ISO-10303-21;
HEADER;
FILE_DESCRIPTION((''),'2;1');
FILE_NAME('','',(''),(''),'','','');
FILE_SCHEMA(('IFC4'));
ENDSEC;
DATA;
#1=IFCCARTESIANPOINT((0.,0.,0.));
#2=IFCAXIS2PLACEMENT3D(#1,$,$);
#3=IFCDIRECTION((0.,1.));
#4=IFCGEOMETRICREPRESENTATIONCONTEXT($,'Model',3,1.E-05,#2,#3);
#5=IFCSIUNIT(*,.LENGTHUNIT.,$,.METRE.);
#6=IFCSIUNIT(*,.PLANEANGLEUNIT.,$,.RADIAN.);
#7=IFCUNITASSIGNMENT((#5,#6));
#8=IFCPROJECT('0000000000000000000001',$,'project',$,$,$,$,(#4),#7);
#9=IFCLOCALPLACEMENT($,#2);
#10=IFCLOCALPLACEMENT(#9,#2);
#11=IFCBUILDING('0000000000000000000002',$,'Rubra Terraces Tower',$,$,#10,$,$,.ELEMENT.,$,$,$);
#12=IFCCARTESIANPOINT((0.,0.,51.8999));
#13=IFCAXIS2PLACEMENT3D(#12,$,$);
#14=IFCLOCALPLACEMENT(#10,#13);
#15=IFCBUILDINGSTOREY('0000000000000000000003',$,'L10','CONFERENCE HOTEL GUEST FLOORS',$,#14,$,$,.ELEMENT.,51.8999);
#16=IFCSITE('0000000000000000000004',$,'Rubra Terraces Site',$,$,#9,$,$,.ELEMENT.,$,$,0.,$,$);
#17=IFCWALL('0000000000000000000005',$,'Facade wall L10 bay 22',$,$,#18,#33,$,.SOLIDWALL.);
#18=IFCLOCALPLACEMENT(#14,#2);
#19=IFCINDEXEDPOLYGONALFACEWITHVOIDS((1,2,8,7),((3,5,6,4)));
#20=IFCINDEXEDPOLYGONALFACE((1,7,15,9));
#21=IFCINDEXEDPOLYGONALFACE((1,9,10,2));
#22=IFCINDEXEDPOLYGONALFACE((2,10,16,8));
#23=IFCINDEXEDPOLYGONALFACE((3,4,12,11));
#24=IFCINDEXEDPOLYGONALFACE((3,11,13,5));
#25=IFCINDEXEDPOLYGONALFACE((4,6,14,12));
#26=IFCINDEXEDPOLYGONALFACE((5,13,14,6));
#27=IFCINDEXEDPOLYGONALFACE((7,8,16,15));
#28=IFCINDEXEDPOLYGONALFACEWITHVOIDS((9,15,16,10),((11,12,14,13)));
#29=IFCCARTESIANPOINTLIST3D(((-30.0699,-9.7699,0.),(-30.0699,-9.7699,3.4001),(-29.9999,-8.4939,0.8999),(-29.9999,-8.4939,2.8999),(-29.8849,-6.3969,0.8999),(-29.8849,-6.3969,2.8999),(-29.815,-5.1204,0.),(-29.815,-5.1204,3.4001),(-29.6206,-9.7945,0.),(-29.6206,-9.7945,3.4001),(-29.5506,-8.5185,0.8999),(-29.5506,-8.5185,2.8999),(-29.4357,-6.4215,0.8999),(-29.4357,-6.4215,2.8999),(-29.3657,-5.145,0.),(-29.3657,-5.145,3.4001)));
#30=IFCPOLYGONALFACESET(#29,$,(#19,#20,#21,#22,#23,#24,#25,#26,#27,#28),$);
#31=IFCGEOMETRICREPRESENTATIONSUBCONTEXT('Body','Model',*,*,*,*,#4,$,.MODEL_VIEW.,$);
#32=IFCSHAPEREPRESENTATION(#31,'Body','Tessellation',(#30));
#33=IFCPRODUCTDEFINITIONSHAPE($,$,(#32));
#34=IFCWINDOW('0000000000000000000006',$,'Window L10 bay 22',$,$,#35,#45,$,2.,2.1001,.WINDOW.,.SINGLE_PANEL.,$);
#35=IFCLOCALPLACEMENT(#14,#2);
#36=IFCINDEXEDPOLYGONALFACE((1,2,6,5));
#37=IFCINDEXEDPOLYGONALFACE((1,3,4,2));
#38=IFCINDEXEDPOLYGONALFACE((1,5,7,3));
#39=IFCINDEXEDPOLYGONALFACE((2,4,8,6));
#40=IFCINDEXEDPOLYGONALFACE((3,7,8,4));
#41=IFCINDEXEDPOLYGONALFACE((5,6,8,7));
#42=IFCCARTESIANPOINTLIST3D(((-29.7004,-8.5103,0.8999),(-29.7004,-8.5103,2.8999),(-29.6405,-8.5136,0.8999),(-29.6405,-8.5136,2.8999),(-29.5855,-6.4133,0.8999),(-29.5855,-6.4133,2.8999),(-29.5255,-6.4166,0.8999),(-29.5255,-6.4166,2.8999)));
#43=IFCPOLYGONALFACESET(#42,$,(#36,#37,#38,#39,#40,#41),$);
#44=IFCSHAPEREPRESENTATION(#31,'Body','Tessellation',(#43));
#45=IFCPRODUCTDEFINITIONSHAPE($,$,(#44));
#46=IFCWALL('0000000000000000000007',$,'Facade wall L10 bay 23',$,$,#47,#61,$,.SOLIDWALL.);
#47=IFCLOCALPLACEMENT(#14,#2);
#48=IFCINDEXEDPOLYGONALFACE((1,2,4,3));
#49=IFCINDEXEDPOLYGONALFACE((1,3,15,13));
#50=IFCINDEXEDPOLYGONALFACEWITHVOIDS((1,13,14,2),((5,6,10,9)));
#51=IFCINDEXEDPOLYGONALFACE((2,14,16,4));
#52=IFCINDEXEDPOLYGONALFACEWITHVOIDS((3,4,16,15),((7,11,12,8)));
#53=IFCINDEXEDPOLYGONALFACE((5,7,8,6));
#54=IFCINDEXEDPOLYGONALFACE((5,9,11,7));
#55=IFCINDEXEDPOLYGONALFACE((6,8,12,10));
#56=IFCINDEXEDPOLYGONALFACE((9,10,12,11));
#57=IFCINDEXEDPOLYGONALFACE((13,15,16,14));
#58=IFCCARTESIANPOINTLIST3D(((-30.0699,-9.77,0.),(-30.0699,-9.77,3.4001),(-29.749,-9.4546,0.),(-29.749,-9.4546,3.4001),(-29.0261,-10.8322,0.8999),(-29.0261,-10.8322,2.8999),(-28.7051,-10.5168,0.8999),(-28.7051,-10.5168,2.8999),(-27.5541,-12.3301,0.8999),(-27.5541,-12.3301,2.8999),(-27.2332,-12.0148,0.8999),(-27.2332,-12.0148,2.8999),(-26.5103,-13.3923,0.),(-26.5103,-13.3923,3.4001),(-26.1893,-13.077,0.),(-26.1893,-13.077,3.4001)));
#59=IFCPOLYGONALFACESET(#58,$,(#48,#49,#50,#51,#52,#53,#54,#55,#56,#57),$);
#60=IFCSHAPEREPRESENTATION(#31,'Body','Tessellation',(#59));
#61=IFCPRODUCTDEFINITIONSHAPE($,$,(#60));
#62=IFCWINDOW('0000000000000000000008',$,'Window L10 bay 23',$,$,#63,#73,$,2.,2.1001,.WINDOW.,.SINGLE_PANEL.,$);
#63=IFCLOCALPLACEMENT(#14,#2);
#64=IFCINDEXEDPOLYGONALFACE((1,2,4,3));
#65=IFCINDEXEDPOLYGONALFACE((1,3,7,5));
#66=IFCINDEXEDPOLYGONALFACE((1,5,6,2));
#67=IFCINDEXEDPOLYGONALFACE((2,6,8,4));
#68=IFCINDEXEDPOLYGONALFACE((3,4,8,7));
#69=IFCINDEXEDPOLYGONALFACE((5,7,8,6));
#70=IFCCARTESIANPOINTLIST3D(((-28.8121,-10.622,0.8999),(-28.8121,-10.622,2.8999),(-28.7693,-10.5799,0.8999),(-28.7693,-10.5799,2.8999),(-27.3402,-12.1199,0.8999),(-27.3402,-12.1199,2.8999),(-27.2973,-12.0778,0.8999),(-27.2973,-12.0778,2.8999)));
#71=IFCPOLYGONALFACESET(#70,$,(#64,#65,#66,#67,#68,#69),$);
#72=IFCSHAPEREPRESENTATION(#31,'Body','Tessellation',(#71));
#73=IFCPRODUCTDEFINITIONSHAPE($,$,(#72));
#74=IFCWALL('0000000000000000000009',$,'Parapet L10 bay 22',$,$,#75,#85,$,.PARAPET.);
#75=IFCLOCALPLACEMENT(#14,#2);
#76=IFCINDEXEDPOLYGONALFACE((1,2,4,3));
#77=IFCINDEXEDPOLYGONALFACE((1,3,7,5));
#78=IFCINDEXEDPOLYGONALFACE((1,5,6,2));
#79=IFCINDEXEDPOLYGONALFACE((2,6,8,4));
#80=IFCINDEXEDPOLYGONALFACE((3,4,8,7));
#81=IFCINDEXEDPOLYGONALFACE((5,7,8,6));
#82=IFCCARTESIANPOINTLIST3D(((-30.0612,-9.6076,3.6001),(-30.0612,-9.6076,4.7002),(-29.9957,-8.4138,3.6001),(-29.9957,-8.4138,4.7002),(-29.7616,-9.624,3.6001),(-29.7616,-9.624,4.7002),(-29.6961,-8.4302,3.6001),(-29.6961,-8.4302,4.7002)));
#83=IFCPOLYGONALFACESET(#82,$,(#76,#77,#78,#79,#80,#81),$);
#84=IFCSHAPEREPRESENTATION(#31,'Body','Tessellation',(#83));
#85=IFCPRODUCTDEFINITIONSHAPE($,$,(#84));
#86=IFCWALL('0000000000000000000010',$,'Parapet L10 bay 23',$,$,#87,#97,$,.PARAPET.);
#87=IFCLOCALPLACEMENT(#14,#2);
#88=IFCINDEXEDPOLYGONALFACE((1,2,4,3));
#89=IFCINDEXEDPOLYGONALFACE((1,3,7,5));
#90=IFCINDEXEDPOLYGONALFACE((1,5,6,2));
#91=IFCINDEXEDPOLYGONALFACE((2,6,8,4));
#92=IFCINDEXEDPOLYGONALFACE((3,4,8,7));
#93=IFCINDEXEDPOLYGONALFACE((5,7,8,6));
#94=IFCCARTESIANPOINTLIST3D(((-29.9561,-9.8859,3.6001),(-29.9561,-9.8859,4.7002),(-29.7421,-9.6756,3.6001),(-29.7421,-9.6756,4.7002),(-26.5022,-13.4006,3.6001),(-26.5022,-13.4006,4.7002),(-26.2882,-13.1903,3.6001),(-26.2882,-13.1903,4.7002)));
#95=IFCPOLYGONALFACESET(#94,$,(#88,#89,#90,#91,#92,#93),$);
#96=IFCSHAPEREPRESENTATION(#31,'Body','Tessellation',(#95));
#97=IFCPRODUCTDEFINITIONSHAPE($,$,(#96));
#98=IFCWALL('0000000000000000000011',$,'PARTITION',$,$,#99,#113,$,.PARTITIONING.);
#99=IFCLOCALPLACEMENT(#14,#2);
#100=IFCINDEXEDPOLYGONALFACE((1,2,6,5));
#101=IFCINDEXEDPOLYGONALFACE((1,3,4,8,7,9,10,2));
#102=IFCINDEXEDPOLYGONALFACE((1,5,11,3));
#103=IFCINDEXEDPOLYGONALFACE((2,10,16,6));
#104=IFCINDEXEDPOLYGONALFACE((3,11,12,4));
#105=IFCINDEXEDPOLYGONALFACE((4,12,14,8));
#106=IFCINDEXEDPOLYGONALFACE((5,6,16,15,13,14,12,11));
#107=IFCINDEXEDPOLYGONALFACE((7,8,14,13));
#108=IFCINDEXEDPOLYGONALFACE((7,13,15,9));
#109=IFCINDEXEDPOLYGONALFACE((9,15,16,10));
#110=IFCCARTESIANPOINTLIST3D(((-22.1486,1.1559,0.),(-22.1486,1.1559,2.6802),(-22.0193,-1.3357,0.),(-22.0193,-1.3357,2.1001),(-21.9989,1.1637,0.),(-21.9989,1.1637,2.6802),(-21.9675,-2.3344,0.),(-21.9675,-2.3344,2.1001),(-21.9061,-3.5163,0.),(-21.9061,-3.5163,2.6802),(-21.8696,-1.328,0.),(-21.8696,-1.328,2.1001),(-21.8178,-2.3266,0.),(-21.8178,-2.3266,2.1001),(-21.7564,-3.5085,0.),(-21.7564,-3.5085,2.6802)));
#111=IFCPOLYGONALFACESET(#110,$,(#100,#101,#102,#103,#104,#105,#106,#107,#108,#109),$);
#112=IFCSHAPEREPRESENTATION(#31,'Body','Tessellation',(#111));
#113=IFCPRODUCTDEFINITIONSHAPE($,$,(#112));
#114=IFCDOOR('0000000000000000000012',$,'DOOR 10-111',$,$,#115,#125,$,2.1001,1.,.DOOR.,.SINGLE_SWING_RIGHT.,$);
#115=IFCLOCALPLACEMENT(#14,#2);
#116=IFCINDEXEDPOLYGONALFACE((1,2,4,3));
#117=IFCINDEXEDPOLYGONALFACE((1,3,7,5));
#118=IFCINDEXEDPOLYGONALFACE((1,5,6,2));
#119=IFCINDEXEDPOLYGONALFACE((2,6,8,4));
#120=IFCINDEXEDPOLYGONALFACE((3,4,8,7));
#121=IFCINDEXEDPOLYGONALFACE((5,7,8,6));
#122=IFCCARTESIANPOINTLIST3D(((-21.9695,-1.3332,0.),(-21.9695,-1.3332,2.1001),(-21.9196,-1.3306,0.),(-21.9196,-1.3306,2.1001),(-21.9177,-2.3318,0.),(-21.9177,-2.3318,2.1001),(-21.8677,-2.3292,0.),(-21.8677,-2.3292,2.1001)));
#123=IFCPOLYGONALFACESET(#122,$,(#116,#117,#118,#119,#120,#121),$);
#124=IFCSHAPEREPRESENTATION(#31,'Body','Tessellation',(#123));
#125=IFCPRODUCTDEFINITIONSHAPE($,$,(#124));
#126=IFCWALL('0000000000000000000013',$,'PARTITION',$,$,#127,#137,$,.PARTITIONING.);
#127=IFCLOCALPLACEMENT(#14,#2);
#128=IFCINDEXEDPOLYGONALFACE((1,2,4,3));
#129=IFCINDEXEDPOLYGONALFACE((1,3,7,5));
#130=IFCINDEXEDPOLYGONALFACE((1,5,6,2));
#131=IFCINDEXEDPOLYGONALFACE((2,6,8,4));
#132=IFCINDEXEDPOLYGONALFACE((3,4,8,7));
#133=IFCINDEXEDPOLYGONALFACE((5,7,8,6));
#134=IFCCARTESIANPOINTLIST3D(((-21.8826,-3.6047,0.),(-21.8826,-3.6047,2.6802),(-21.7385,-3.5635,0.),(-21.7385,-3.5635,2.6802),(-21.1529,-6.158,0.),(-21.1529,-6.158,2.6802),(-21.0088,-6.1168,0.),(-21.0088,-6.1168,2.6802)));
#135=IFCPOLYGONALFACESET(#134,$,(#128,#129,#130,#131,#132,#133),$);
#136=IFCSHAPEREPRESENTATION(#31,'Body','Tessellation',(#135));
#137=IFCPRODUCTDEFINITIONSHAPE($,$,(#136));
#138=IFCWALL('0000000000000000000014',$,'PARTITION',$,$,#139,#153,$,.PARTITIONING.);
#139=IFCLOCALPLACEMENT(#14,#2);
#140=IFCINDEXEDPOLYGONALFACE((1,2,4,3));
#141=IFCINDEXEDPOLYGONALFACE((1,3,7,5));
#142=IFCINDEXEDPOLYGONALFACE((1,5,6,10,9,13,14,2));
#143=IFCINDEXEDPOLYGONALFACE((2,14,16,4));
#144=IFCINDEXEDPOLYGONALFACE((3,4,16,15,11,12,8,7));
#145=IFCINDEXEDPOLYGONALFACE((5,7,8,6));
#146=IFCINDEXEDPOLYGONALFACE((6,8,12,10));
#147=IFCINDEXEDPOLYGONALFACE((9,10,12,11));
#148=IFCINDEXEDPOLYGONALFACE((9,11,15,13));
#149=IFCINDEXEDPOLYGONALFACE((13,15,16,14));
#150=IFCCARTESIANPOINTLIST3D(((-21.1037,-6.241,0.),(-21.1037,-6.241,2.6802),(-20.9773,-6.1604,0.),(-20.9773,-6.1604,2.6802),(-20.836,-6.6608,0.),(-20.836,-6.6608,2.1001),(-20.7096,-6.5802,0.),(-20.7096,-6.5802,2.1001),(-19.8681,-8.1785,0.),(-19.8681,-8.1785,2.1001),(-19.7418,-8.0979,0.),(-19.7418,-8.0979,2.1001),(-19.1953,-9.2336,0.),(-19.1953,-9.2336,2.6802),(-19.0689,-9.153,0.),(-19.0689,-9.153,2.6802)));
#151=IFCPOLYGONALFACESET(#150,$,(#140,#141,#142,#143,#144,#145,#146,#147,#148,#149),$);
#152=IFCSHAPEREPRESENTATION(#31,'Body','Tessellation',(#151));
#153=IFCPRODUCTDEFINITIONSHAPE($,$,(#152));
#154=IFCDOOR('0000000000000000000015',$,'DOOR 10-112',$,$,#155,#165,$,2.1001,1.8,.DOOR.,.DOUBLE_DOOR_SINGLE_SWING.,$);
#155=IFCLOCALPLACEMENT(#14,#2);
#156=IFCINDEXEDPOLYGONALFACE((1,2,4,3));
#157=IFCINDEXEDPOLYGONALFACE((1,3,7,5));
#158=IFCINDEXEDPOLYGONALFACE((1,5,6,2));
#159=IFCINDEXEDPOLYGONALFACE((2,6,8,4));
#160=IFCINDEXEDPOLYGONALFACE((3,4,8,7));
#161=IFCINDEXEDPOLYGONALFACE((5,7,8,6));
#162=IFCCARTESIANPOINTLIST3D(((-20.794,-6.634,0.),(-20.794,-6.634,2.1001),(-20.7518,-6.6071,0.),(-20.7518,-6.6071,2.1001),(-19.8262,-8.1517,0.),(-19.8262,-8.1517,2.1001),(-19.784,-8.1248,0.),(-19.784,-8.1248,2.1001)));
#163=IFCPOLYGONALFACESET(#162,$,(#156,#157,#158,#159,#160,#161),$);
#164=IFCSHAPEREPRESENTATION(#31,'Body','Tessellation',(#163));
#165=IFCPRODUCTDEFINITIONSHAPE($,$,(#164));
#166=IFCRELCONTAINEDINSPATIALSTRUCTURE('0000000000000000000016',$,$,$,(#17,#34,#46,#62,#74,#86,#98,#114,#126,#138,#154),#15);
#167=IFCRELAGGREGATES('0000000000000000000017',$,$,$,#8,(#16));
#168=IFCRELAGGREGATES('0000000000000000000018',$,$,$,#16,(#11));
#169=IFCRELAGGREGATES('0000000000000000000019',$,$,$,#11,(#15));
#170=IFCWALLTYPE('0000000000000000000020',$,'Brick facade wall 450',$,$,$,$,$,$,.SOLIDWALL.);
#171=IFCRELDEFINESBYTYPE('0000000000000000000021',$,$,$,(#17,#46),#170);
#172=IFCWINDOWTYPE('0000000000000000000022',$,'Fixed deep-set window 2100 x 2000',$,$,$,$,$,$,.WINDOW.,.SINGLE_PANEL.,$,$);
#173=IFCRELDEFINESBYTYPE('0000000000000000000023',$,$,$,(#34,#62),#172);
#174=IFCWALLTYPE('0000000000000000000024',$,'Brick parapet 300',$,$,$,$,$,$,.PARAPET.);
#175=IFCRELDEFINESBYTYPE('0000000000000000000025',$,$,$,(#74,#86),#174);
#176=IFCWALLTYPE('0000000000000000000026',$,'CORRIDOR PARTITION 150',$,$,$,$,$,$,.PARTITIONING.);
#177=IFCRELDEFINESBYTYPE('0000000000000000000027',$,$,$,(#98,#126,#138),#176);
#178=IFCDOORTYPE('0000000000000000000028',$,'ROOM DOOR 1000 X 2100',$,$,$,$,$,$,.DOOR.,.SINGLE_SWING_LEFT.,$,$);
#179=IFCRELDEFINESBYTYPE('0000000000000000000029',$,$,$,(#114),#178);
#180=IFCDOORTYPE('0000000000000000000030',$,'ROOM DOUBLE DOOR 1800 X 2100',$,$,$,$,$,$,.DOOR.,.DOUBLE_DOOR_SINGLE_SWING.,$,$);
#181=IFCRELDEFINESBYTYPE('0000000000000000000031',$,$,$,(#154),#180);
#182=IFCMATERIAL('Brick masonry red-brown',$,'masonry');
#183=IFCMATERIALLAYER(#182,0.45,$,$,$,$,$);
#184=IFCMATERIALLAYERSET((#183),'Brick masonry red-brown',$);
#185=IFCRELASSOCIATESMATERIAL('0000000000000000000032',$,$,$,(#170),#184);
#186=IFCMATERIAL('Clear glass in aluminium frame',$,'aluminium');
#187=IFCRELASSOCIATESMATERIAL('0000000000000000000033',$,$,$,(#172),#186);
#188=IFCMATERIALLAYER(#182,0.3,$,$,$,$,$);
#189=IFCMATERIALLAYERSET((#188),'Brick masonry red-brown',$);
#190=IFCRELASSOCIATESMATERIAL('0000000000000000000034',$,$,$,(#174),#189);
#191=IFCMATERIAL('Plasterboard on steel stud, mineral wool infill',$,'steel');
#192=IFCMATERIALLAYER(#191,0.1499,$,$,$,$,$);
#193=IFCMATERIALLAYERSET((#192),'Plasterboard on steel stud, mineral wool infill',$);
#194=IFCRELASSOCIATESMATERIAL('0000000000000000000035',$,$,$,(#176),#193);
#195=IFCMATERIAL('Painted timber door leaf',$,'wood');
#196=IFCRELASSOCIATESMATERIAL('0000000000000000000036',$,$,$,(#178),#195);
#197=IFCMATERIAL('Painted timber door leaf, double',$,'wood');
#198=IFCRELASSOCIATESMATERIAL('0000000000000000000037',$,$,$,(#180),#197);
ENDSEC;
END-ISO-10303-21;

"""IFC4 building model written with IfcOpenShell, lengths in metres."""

from ifc_helpers import new_model, si_unit, direction, frame, frame_2d, origin, place, context, subcontext, project, spatial, rectangle, extrude, material, layer, layer_set, type_object, element, fill, save


model = new_model("IFC4")

# Units and contexts
model_context = context("Model", 3, precision=1e-05, world=origin(), true_north=direction((0.0, 1.0)))
body_context = subcontext(model_context, "Body", "Model", "MODEL_VIEW")
ifc_project = project(units=[si_unit("LENGTHUNIT", "METRE"), si_unit("PLANEANGLEUNIT", "RADIAN")], contexts=[model_context])

# Site, building, storey
site_placement = place(None, origin())
site = spatial("IfcSite", under=ifc_project, at=site_placement, Name="Rubra Terraces Site", CompositionType="ELEMENT", RefElevation=0.0)
building_placement = place(site_placement, origin())
building = spatial("IfcBuilding", under=site, at=building_placement, Name="Rubra Terraces Tower", CompositionType="ELEMENT")
storey_placement = place(building_placement, frame((0.0, 0.0, 51.8999)))
storey = spatial("IfcBuildingStorey", under=building, at=storey_placement, Name="L10", Description="CONFERENCE HOTEL GUEST FLOORS", CompositionType="ELEMENT", Elevation=51.8999)

# Walls, openings, windows
ifc_material_1 = material(Name="Brick masonry red-brown", Category="masonry")
ifc_layer_1 = layer(ifc_material_1, 0.45)
ifc_layer_set_1 = layer_set([ifc_layer_1], Name="Brick masonry red-brown")
wall_type_1 = type_object("IfcWallType", Name="Brick facade wall 450", PredefinedType="SOLIDWALL", material=ifc_layer_set_1)
ifc_material_2 = material(Name="Clear glass in aluminium frame", Category="aluminium")
wall_1_placement = place(storey_placement, frame((-29.5903, -5.1328, 0.0), z_axis=(0.0, 0.0, 1.0), x_axis=(-0.054738, -0.998501, 0.0)))
wall_1 = element("IfcWall", 1, at=wall_1_placement, inside=storey, type_object=wall_type_1, Name="Facade wall L10 bay 22", PredefinedType="SOLIDWALL", context=body_context, shape_type="SweptSolid", body=[
    extrude(rectangle(XDim=4.6565, YDim=0.45, at=frame_2d((2.3281, 0.0))), origin(), (0.0, 0.0, 1.0), 3.4001),
])
opening_1_placement = place(wall_1_placement, frame((1.2783, 0.0, 0.8999)))
opening_1 = element("IfcOpeningElement", 2, at=opening_1_placement, cuts=wall_1, PredefinedType="OPENING", context=body_context, shape_type="SweptSolid", body=[
    extrude(rectangle(XDim=2.1001, YDim=2.0, at=frame_2d((1.05, 1.0))), frame((0.0, 0.2349, 0.0), z_axis=(0.0, -1.0, 0.0), x_axis=(1.0, 0.0, 0.0)), (0.0, 0.0, 1.0), 0.47),
])
window_type_1 = type_object("IfcWindowType", Name="Fixed deep-set window 2100 x 2000", PartitioningType="SINGLE_PANEL", PredefinedType="WINDOW", material=ifc_material_2)
window_1_placement = place(opening_1_placement, origin())
window_1 = element("IfcWindow", 3, at=window_1_placement, inside=storey, type_object=window_type_1, Name="Window L10 bay 22", OverallHeight=2.0, OverallWidth=2.1001, PartitioningType="SINGLE_PANEL", PredefinedType="WINDOW", context=body_context, shape_type="SweptSolid", body=[
    extrude(rectangle(XDim=2.1001, YDim=2.0, at=frame_2d((1.05, 1.0))), frame((0.0, 0.135, 0.0), z_axis=(0.0, -1.0, 0.0), x_axis=(1.0, 0.0, 0.0)), (0.0, 0.0, 1.0), 0.0601),
])
fill(opening_1, window_1)
wall_2_placement = place(storey_placement, frame((-29.9094, -9.6123, 0.0), z_axis=(0.0, 0.0, 1.0), x_axis=(0.700902, -0.713257, 0.0)))
wall_2 = element("IfcWall", 4, at=wall_2_placement, inside=storey, type_object=wall_type_1, Name="Facade wall L10 bay 23", PredefinedType="SOLIDWALL", context=body_context, shape_type="SweptSolid", body=[
    extrude(rectangle(XDim=5.0786, YDim=0.45, at=frame_2d((2.5393, 0.0))), origin(), (0.0, 0.0, 1.0), 3.4001),
])
opening_2_placement = place(wall_2_placement, frame((1.4893, 0.0, 0.8999)))
opening_2 = element("IfcOpeningElement", 5, at=opening_2_placement, cuts=wall_2, PredefinedType="OPENING", context=body_context, shape_type="SweptSolid", body=[
    extrude(rectangle(XDim=2.1001, YDim=2.0, at=frame_2d((1.05, 1.0))), frame((0.0, 0.2349, 0.0), z_axis=(0.0, -1.0, 0.0), x_axis=(1.0, 0.0, 0.0)), (0.0, 0.0, 1.0), 0.47),
])
window_2_placement = place(opening_2_placement, origin())
window_2 = element("IfcWindow", 6, at=window_2_placement, inside=storey, type_object=window_type_1, Name="Window L10 bay 23", OverallHeight=2.0, OverallWidth=2.1001, PartitioningType="SINGLE_PANEL", PredefinedType="WINDOW", context=body_context, shape_type="SweptSolid", body=[
    extrude(rectangle(XDim=2.1001, YDim=2.0, at=frame_2d((1.05, 1.0))), frame((0.0, 0.135, 0.0), z_axis=(0.0, -1.0, 0.0), x_axis=(1.0, 0.0, 0.0)), (0.0, 0.0, 1.0), 0.0601),
])
fill(opening_2, window_2)

# Walls
ifc_layer_2 = layer(ifc_material_1, 0.3)
ifc_layer_set_2 = layer_set([ifc_layer_2], Name="Brick masonry red-brown")
wall_type_2 = type_object("IfcWallType", Name="Brick parapet 300", PredefinedType="PARAPET", material=ifc_layer_set_2)
wall_3_placement = place(storey_placement, frame((-29.8459, -8.4221, 3.6001), z_axis=(0.0, 0.0, 1.0), x_axis=(-0.054724, -0.998502, 0.0)))
element("IfcWall", 7, at=wall_3_placement, inside=storey, type_object=wall_type_2, Name="Parapet L10 bay 22", PredefinedType="PARAPET", context=body_context, shape_type="SweptSolid", body=[
    extrude(rectangle(XDim=1.1956, YDim=0.3, at=frame_2d((0.5977, 0.0))), origin(), (0.0, 0.0, 1.0), 1.1001),
])
wall_4_placement = place(storey_placement, frame((-29.8491, -9.7808, 3.6001), z_axis=(0.0, 0.0, 1.0), x_axis=(0.700912, -0.713248, 0.0)))
element("IfcWall", 8, at=wall_4_placement, inside=storey, type_object=wall_type_2, Name="Parapet L10 bay 23", PredefinedType="PARAPET", context=body_context, shape_type="SweptSolid", body=[
    extrude(rectangle(XDim=4.9277, YDim=0.3, at=frame_2d((2.4639, 0.0))), origin(), (0.0, 0.0, 1.0), 1.1001),
])

# Wall, opening, door
ifc_material_3 = material(Name="Plasterboard on steel stud, mineral wool infill", Category="steel")
ifc_layer_3 = layer(ifc_material_3, 0.1499)
ifc_layer_set_3 = layer_set([ifc_layer_3], Name="Plasterboard on steel stud, mineral wool infill")
wall_type_3 = type_object("IfcWallType", Name="CORRIDOR PARTITION 150", PredefinedType="PARTITIONING", material=ifc_layer_set_3)
wall_5_placement = place(storey_placement, frame((-22.0737, 1.1599, 0.0), z_axis=(0.0, 0.0, 1.0), x_axis=(0.051819, -0.998656, 0.0)))
wall_5 = element("IfcWall", 9, at=wall_5_placement, inside=storey, type_object=wall_type_3, Name="PARTITION", PredefinedType="PARTITIONING", context=body_context, shape_type="SweptSolid", body=[
    extrude(rectangle(XDim=4.6785, YDim=0.1499, at=frame_2d((2.3394, 0.0))), origin(), (0.0, 0.0, 1.0), 2.6802),
])
opening_3_placement = place(wall_5_placement, frame((2.4951, 0.0, 0.0)))
opening_3 = element("IfcOpeningElement", 10, at=opening_3_placement, cuts=wall_5, PredefinedType="OPENING", context=body_context, shape_type="SweptSolid", body=[
    extrude(rectangle(XDim=1.0, YDim=2.1001, at=frame_2d((0.5, 1.05))), frame((0.0, 0.085, 0.0), z_axis=(0.0, -1.0, 0.0), x_axis=(1.0, 0.0, 0.0)), (0.0, 0.0, 1.0), 0.1699),
])
ifc_material_4 = material(Name="Painted timber door leaf", Category="wood")
door_type_1 = type_object("IfcDoorType", Name="ROOM DOOR 1000 X 2100", OperationType="SINGLE_SWING_LEFT", PredefinedType="DOOR", material=ifc_material_4)
door_1_placement = place(opening_3_placement, origin())
door_1 = element("IfcDoor", 11, at=door_1_placement, inside=storey, type_object=door_type_1, Name="DOOR 10-111", OperationType="SINGLE_SWING_RIGHT", OverallHeight=2.1001, OverallWidth=1.0, PredefinedType="DOOR", context=body_context, shape_type="SweptSolid", body=[
    extrude(rectangle(XDim=1.0, YDim=2.1001, at=frame_2d((0.5, 1.05))), frame((0.0, 0.0249, 0.0), z_axis=(0.0, -1.0, 0.0), x_axis=(1.0, 0.0, 0.0)), (0.0, 0.0, 1.0), 0.05),
])
fill(opening_3, door_1)

# Wall
wall_6_placement = place(storey_placement, frame((-21.8105, -3.5842, 0.0), z_axis=(0.0, 0.0, 1.0), x_axis=(0.274806, -0.9615, 0.0)))
element("IfcWall", 12, at=wall_6_placement, inside=storey, type_object=wall_type_3, Name="PARTITION", PredefinedType="PARTITIONING", context=body_context, shape_type="SweptSolid", body=[
    extrude(rectangle(XDim=2.6555, YDim=0.1499, at=frame_2d((1.3276, 0.0))), origin(), (0.0, 0.0, 1.0), 2.6802),
])

# Wall, opening, door
wall_7_placement = place(storey_placement, frame((-21.0405, -6.2007, 0.0), z_axis=(0.0, 0.0, 1.0), x_axis=(0.537681, -0.843148, 0.0)))
wall_7 = element("IfcWall", 13, at=wall_7_placement, inside=storey, type_object=wall_type_3, Name="PARTITION", PredefinedType="PARTITIONING", context=body_context, shape_type="SweptSolid", body=[
    extrude(rectangle(XDim=3.5493, YDim=0.1499, at=frame_2d((1.7747, 0.0))), origin(), (0.0, 0.0, 1.0), 2.6802),
])
opening_4_placement = place(wall_7_placement, frame((0.498, 0.0, 0.0)))
opening_4 = element("IfcOpeningElement", 14, at=opening_4_placement, cuts=wall_7, PredefinedType="OPENING", context=body_context, shape_type="SweptSolid", body=[
    extrude(rectangle(XDim=1.8, YDim=2.1001, at=frame_2d((0.8999, 1.05))), frame((0.0, 0.085, 0.0), z_axis=(0.0, -1.0, 0.0), x_axis=(1.0, 0.0, 0.0)), (0.0, 0.0, 1.0), 0.1699),
])
ifc_material_5 = material(Name="Painted timber door leaf, double", Category="wood")
door_type_2 = type_object("IfcDoorType", Name="ROOM DOUBLE DOOR 1800 X 2100", OperationType="DOUBLE_DOOR_SINGLE_SWING", PredefinedType="DOOR", material=ifc_material_5)
door_2_placement = place(opening_4_placement, origin())
door_2 = element("IfcDoor", 15, at=door_2_placement, inside=storey, type_object=door_type_2, Name="DOOR 10-112", OperationType="DOUBLE_DOOR_SINGLE_SWING", OverallHeight=2.1001, OverallWidth=1.8, PredefinedType="DOOR", context=body_context, shape_type="SweptSolid", body=[
    extrude(rectangle(XDim=1.8, YDim=2.1001, at=frame_2d((0.8999, 1.05))), frame((0.0, 0.0249, 0.0), z_axis=(0.0, -1.0, 0.0), x_axis=(1.0, 0.0, 0.0)), (0.0, 0.0, 1.0), 0.05),
])
fill(opening_4, door_2)

save(model, "model.ifc")
